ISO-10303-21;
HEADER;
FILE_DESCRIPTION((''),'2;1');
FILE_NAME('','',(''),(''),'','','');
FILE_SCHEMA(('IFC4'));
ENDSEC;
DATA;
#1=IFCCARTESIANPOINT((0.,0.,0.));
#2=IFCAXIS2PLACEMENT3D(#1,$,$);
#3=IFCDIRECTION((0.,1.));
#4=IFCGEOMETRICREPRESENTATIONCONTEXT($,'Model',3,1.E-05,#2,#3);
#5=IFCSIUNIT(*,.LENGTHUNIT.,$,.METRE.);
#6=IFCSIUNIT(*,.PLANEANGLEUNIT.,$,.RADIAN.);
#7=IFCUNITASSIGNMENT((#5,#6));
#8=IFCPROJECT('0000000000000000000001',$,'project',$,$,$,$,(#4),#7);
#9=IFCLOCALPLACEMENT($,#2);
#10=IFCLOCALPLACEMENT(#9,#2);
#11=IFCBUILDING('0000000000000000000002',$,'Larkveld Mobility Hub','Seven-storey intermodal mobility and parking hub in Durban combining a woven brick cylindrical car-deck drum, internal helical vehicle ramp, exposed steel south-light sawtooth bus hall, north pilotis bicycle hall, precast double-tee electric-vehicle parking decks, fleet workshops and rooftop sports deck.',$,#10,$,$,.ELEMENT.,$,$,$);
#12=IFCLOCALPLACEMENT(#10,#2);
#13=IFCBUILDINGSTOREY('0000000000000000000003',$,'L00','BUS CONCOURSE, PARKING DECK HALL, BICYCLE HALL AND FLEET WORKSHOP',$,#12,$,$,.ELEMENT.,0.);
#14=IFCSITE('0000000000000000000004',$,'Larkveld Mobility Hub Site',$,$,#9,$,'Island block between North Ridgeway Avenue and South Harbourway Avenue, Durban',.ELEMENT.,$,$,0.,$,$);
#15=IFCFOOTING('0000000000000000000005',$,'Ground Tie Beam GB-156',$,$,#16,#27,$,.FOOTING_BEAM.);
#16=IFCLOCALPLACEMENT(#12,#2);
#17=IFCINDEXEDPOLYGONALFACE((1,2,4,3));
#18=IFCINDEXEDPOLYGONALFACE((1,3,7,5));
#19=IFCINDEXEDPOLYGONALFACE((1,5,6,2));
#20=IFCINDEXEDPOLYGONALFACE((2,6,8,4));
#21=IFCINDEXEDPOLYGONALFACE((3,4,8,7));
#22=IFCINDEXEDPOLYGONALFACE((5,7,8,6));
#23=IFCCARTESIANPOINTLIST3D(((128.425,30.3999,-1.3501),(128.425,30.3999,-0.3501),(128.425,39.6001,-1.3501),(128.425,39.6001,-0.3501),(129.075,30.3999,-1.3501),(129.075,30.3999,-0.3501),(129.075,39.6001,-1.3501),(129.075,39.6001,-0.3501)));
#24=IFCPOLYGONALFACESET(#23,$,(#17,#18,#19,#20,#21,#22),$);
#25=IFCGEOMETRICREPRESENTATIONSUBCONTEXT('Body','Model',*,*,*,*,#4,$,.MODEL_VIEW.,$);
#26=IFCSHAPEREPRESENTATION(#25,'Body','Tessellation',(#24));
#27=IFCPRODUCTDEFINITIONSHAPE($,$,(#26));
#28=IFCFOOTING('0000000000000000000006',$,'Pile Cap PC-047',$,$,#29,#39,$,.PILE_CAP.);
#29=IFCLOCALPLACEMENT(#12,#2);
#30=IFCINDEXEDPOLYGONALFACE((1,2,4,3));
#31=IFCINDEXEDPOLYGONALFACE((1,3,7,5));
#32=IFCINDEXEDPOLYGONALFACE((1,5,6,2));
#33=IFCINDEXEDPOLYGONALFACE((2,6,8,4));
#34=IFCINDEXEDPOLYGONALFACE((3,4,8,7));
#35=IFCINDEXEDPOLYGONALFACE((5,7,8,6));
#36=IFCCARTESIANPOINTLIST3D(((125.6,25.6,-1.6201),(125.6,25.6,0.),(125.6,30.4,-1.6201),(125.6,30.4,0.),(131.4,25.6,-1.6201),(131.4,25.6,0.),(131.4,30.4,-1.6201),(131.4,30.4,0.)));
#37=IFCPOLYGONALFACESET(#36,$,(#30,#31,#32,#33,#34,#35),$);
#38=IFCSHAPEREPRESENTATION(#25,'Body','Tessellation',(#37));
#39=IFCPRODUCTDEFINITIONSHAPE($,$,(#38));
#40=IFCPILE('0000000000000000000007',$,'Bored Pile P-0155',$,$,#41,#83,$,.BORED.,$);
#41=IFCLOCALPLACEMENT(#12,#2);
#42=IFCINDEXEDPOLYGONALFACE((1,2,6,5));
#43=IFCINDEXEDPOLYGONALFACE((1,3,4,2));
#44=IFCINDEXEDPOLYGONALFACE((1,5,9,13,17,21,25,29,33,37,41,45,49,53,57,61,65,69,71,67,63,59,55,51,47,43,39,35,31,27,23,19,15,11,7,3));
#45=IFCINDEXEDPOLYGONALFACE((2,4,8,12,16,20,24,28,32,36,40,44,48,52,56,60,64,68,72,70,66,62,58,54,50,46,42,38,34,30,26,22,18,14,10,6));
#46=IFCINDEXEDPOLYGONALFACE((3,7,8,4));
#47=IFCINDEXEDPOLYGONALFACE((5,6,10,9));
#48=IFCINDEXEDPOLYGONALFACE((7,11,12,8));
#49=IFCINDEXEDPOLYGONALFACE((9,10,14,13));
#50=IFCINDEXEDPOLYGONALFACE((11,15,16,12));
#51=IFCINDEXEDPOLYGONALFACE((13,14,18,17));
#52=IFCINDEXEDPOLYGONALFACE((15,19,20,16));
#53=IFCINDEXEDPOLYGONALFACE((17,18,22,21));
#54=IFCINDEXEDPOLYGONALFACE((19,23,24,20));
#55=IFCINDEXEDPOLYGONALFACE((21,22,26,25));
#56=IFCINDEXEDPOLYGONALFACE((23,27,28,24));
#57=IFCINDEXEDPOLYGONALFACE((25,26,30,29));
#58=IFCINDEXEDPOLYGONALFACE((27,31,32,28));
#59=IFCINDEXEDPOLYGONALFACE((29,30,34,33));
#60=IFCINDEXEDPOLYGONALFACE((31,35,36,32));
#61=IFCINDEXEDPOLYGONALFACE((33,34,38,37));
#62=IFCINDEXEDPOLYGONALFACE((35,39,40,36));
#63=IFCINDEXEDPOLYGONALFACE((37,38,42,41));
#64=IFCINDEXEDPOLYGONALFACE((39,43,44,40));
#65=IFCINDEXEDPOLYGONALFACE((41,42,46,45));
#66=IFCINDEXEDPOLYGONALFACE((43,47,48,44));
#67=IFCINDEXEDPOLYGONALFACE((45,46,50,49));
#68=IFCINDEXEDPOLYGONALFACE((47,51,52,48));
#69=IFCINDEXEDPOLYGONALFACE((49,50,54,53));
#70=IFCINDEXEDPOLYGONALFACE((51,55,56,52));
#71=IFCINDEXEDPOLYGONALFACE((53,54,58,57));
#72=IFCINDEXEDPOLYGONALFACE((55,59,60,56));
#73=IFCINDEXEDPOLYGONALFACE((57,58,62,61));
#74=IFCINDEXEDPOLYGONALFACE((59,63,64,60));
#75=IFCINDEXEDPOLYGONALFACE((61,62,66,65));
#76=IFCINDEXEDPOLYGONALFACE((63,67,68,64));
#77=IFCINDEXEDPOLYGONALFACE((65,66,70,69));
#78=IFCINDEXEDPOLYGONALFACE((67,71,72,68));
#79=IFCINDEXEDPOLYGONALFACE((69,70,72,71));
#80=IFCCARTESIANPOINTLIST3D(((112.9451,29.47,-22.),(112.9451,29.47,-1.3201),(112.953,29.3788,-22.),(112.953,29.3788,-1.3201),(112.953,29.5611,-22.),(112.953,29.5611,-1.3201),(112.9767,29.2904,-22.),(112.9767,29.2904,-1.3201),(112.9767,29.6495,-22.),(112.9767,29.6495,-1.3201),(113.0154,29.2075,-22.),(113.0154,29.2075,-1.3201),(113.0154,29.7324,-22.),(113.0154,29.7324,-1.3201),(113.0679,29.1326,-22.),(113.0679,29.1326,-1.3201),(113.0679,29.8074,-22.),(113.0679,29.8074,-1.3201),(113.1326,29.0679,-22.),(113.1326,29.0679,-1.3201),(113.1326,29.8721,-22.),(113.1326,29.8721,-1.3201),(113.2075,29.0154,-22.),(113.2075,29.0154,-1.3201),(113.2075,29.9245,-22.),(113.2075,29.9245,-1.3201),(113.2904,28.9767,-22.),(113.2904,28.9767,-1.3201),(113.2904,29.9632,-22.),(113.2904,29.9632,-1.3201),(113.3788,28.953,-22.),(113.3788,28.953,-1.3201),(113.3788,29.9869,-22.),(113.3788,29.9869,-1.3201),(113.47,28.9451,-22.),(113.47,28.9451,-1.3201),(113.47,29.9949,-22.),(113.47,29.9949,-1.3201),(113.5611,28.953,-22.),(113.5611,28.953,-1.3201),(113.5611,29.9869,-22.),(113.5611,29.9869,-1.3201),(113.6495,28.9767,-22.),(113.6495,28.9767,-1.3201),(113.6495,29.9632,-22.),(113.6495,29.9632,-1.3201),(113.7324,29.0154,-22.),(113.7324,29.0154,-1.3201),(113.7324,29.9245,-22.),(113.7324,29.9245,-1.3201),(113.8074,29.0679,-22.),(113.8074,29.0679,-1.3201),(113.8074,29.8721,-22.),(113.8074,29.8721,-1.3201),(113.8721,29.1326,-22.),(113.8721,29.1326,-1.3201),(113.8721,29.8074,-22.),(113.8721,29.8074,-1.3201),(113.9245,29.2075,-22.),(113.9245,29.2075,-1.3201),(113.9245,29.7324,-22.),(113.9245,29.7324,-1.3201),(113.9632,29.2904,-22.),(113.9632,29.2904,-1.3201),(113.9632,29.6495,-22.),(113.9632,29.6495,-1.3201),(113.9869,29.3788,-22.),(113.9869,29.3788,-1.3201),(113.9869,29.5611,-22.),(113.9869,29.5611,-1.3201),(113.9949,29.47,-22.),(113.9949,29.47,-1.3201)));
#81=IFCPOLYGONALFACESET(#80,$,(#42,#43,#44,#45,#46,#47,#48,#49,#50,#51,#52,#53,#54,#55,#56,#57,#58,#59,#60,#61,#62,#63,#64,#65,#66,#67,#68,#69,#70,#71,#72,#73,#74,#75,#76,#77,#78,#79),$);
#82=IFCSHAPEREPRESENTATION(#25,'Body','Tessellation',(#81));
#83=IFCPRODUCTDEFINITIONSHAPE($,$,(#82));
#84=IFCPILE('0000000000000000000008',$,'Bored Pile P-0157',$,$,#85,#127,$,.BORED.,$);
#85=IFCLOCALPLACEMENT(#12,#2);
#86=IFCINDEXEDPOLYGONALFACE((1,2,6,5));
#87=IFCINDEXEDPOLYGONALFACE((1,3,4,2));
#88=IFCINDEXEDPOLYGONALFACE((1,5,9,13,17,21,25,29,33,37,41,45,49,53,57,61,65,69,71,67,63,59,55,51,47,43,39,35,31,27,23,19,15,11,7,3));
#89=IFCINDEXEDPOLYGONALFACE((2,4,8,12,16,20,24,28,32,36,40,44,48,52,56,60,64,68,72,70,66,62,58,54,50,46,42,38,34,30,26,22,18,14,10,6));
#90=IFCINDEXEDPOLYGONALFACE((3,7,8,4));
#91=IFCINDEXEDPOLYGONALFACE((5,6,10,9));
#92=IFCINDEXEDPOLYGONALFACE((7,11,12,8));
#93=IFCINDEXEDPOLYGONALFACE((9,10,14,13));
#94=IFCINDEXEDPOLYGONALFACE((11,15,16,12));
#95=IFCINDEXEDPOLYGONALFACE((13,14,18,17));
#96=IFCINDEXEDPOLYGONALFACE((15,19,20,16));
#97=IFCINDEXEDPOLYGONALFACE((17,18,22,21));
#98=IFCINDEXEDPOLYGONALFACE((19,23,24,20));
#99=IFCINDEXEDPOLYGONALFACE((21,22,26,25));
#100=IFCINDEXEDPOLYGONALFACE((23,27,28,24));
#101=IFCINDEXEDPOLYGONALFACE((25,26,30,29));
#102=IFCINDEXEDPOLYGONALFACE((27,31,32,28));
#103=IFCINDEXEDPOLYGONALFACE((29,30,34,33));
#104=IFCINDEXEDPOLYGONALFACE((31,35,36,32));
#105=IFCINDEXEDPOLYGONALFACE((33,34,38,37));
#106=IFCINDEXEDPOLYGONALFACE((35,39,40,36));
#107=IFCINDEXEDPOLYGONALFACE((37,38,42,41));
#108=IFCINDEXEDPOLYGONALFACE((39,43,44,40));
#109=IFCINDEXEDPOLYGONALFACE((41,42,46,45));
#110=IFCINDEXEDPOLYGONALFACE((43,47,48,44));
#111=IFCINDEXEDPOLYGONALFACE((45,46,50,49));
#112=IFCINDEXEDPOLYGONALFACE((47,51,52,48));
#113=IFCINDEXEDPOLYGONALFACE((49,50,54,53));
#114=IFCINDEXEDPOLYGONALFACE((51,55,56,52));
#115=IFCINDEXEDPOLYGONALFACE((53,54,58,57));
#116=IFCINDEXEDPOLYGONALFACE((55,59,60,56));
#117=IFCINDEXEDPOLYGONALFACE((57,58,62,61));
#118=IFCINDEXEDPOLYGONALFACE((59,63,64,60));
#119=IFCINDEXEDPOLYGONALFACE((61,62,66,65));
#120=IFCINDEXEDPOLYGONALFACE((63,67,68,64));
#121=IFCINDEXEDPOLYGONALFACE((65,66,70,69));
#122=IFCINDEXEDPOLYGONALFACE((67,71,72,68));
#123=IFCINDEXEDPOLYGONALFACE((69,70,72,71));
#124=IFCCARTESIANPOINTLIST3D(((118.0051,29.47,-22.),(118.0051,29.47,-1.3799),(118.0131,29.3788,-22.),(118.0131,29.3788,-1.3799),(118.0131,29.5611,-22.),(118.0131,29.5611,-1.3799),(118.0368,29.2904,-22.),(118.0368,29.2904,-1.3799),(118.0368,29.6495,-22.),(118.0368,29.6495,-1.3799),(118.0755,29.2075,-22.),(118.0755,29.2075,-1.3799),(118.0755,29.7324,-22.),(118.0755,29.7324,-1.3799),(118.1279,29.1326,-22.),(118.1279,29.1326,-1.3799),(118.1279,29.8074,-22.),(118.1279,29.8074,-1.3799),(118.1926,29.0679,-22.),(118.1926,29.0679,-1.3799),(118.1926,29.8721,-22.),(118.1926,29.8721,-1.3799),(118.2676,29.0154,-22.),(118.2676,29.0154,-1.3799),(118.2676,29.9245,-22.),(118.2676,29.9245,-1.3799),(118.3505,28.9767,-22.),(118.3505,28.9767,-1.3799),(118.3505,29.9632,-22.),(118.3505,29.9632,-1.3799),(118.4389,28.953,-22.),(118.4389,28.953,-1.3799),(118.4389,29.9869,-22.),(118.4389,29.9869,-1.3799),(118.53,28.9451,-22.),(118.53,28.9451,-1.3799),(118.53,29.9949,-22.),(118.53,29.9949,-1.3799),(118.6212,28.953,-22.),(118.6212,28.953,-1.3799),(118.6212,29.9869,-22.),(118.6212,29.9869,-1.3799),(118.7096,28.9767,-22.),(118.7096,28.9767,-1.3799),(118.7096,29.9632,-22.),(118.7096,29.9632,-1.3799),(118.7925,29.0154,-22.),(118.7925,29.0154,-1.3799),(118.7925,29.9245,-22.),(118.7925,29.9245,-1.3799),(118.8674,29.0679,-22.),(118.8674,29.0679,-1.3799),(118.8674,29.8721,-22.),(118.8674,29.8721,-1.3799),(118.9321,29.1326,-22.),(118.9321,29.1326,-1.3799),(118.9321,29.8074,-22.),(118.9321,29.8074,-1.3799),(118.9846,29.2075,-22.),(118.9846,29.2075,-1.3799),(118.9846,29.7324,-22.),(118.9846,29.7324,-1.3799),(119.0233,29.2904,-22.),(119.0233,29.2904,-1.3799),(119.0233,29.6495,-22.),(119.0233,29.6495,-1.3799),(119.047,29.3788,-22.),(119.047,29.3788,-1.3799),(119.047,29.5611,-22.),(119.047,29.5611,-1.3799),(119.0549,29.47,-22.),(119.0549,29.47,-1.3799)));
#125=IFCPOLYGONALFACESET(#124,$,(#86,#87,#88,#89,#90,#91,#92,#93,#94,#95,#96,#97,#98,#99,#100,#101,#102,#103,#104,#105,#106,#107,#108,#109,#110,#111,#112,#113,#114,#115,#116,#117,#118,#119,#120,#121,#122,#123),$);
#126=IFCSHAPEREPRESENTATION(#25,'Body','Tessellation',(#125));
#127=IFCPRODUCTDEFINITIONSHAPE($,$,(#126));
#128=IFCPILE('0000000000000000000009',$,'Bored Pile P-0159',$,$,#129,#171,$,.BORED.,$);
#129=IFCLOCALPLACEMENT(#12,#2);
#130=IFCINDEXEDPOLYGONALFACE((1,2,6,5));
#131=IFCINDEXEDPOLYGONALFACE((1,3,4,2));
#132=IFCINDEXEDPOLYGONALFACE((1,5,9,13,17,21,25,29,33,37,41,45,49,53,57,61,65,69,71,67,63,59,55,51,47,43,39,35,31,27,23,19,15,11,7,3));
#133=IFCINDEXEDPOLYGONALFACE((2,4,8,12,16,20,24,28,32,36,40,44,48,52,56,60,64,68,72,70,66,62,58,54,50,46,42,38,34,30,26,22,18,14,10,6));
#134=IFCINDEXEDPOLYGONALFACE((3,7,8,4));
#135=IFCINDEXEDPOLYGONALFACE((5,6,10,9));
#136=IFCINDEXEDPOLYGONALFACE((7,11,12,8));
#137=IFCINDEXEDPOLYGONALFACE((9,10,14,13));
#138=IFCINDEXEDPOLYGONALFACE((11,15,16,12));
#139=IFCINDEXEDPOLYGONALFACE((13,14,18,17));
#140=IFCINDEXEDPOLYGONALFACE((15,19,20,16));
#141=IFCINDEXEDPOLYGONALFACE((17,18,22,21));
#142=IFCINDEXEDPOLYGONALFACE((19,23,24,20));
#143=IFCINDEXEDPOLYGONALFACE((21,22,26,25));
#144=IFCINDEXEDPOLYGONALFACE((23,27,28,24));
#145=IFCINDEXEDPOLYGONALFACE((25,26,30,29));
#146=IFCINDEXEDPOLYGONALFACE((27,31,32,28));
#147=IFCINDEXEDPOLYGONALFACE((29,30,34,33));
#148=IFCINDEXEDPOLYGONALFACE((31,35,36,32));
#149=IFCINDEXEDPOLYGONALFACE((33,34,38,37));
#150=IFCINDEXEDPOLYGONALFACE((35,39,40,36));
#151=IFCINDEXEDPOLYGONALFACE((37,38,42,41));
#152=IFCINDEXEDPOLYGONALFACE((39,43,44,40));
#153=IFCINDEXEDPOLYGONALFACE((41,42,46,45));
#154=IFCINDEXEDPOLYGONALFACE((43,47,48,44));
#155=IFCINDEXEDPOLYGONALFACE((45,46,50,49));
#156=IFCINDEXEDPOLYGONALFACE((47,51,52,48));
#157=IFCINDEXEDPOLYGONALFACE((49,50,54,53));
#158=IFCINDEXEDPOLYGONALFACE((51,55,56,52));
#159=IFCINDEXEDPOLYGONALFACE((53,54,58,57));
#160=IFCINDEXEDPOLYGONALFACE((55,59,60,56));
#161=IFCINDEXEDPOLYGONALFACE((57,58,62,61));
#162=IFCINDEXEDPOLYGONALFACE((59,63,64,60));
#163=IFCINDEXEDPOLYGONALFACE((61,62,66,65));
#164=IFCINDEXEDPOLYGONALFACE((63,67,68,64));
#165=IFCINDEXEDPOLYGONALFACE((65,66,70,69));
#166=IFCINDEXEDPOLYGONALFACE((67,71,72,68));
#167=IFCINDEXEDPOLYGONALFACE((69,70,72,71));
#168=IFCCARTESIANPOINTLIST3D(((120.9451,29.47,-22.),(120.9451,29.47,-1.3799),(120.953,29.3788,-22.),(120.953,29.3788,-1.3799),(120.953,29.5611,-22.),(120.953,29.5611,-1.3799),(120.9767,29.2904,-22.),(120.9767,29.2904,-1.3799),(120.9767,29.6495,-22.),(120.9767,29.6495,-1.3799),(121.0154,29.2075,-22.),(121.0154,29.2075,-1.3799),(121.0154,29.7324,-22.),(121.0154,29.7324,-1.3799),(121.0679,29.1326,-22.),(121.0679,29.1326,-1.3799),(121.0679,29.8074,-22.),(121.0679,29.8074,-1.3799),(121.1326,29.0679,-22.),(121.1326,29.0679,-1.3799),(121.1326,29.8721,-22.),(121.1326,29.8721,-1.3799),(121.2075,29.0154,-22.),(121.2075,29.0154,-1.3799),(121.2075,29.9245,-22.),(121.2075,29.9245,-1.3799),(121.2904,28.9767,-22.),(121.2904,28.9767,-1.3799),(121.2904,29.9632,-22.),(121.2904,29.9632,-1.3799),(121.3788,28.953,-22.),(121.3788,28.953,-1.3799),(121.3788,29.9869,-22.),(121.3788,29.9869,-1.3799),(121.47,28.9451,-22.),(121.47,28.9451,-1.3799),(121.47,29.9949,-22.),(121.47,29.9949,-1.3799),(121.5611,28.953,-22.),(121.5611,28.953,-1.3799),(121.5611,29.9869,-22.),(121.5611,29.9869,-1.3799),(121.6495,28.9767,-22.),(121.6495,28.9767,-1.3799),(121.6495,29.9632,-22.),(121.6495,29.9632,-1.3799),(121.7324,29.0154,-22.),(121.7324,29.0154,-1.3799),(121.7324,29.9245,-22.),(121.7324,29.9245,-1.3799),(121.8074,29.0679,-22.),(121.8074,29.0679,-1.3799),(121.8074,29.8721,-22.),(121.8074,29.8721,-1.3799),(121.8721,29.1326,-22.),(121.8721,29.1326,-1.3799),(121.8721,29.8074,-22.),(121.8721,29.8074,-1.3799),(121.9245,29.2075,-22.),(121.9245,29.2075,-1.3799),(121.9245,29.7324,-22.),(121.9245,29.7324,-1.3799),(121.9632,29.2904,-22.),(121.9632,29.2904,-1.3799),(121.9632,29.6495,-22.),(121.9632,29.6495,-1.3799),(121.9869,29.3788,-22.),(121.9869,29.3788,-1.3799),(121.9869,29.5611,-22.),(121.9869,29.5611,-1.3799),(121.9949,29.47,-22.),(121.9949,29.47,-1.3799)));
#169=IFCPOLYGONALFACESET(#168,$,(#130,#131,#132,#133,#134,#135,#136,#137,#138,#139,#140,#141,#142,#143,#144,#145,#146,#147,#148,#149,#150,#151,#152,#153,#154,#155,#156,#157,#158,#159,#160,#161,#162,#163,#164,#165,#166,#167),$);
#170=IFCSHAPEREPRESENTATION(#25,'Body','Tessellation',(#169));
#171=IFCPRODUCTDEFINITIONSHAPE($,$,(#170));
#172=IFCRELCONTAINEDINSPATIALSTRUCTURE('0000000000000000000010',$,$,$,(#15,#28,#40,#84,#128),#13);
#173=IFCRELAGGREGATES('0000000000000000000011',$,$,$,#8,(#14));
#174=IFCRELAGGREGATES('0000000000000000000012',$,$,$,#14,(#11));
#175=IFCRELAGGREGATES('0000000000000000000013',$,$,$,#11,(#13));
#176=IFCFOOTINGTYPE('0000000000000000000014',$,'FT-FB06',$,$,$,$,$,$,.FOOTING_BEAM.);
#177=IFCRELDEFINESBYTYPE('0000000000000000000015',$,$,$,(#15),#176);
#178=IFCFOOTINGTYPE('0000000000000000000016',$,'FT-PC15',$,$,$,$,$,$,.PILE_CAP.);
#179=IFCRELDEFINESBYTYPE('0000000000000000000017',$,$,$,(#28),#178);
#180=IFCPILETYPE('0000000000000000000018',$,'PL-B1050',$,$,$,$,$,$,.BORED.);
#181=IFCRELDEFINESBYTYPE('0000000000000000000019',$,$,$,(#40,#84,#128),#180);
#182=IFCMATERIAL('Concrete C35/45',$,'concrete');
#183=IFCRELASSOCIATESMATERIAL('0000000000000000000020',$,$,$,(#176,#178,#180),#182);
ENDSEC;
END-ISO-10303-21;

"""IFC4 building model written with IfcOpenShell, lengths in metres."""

from ifc_helpers import new_model, si_unit, direction, frame, origin, origin_2d, place, context, subcontext, project, spatial, rectangle, circle, extrude, material, material_profile, profile_set, type_object, element, save


model = new_model("IFC4")

# Units and contexts
model_context = context("Model", 3, precision=1e-05, world=origin(), true_north=direction((0.0, 1.0)))
body_context = subcontext(model_context, "Body", "Model", "MODEL_VIEW")
ifc_project = project(units=[si_unit("LENGTHUNIT", "METRE"), si_unit("PLANEANGLEUNIT", "RADIAN")], contexts=[model_context])

# Site, building, storey
site_placement = place(None, origin())
site = spatial("IfcSite", under=ifc_project, at=site_placement, Name="Larkveld Mobility Hub Site", LongName="Island block between North Ridgeway Avenue and South Harbourway Avenue, Durban", CompositionType="ELEMENT", RefElevation=0.0)
building_placement = place(site_placement, origin())
building = spatial("IfcBuilding", under=site, at=building_placement, Name="Larkveld Mobility Hub", Description="Seven-storey intermodal mobility and parking hub in Durban combining a woven brick cylindrical car-deck drum, internal helical vehicle ramp, exposed steel south-light sawtooth bus hall, north pilotis bicycle hall, precast double-tee electric-vehicle parking decks, fleet workshops and rooftop sports deck.", CompositionType="ELEMENT")
storey_placement = place(building_placement, origin())
storey = spatial("IfcBuildingStorey", under=building, at=storey_placement, Name="L00", Description="BUS CONCOURSE, PARKING DECK HALL, BICYCLE HALL AND FLEET WORKSHOP", CompositionType="ELEMENT", Elevation=0.0)

# Footings
ifc_material_1 = material(Name="Concrete C35/45", Category="concrete")
ifc_material_profile_1 = material_profile(ifc_material_1, rectangle(XDim=0.6499, YDim=1.0, at=origin_2d()), Name="RC BM 650x1000")
ifc_profile_set_1 = profile_set([ifc_material_profile_1], Name="Concrete C35/45")
footing_type_1 = type_object("IfcFootingType", Name="FT-FB06", PredefinedType="FOOTING_BEAM", material=ifc_profile_set_1)
footing_1_placement = place(storey_placement, frame((128.75, 30.3999, -0.8501), z_axis=(0.0, 1.0, 0.0), x_axis=(-1.0, 0.0, 0.0)))
element("IfcFooting", 1, at=footing_1_placement, inside=storey, type_object=footing_type_1, Name="Ground Tie Beam GB-156", PredefinedType="FOOTING_BEAM", context=body_context, shape_type="SweptSolid", body=[
    extrude(rectangle(XDim=0.6499, YDim=1.0, at=origin_2d()), origin(), (0.0, 0.0, 1.0), 9.2002),
])
footing_type_2 = type_object("IfcFootingType", Name="FT-PC15", PredefinedType="PILE_CAP", material=ifc_material_1)
footing_2_placement = place(storey_placement, frame((128.5, 28.0, -1.6201), z_axis=(0.0, 0.0, 1.0), x_axis=(1.0, 0.0, 0.0)))
element("IfcFooting", 2, at=footing_2_placement, inside=storey, type_object=footing_type_2, Name="Pile Cap PC-047", PredefinedType="PILE_CAP", context=body_context, shape_type="SweptSolid", body=[
    extrude(rectangle(XDim=5.8, YDim=4.8, at=origin_2d()), origin(), (0.0, 0.0, 1.0), 1.6201),
])

# Piles
ifc_material_profile_2 = material_profile(ifc_material_1, circle(Radius=0.5249, at=origin_2d()), Name="PILE D1050")
ifc_profile_set_2 = profile_set([ifc_material_profile_2], Name="Concrete C35/45")
pile_type_1 = type_object("IfcPileType", Name="PL-B1050", PredefinedType="BORED", material=ifc_profile_set_2)
pile_1_placement = place(storey_placement, frame((113.47, 29.47, -1.3201), z_axis=(0.0, 0.0, -1.0), x_axis=(1.0, 0.0, 0.0)))
element("IfcPile", 3, at=pile_1_placement, inside=storey, type_object=pile_type_1, Name="Bored Pile P-0155", PredefinedType="BORED", context=body_context, shape_type="SweptSolid", body=[
    extrude(circle(Radius=0.5249, at=origin_2d()), origin(), (0.0, 0.0, 1.0), 20.6799),
])
for number, where, z_axis, x_axis, name in (
    (4, (118.53, 29.47, -1.3799), (0.0, 0.0, -1.0), (1.0, 0.0, 0.0), "Bored Pile P-0157"),
    (5, (121.47, 29.47, -1.3799), (0.0, 0.0, -1.0), (1.0, 0.0, 0.0), "Bored Pile P-0159"),
):
    element("IfcPile", number, at=place(storey_placement, frame(where, z_axis=z_axis, x_axis=x_axis)), inside=storey, type_object=pile_type_1, Name=name, PredefinedType="BORED", context=body_context, shape_type="SweptSolid", body=[
        extrude(circle(Radius=0.5249, at=origin_2d()), origin(), (0.0, 0.0, 1.0), 20.6201),
    ])

save(model, "model.ifc")
